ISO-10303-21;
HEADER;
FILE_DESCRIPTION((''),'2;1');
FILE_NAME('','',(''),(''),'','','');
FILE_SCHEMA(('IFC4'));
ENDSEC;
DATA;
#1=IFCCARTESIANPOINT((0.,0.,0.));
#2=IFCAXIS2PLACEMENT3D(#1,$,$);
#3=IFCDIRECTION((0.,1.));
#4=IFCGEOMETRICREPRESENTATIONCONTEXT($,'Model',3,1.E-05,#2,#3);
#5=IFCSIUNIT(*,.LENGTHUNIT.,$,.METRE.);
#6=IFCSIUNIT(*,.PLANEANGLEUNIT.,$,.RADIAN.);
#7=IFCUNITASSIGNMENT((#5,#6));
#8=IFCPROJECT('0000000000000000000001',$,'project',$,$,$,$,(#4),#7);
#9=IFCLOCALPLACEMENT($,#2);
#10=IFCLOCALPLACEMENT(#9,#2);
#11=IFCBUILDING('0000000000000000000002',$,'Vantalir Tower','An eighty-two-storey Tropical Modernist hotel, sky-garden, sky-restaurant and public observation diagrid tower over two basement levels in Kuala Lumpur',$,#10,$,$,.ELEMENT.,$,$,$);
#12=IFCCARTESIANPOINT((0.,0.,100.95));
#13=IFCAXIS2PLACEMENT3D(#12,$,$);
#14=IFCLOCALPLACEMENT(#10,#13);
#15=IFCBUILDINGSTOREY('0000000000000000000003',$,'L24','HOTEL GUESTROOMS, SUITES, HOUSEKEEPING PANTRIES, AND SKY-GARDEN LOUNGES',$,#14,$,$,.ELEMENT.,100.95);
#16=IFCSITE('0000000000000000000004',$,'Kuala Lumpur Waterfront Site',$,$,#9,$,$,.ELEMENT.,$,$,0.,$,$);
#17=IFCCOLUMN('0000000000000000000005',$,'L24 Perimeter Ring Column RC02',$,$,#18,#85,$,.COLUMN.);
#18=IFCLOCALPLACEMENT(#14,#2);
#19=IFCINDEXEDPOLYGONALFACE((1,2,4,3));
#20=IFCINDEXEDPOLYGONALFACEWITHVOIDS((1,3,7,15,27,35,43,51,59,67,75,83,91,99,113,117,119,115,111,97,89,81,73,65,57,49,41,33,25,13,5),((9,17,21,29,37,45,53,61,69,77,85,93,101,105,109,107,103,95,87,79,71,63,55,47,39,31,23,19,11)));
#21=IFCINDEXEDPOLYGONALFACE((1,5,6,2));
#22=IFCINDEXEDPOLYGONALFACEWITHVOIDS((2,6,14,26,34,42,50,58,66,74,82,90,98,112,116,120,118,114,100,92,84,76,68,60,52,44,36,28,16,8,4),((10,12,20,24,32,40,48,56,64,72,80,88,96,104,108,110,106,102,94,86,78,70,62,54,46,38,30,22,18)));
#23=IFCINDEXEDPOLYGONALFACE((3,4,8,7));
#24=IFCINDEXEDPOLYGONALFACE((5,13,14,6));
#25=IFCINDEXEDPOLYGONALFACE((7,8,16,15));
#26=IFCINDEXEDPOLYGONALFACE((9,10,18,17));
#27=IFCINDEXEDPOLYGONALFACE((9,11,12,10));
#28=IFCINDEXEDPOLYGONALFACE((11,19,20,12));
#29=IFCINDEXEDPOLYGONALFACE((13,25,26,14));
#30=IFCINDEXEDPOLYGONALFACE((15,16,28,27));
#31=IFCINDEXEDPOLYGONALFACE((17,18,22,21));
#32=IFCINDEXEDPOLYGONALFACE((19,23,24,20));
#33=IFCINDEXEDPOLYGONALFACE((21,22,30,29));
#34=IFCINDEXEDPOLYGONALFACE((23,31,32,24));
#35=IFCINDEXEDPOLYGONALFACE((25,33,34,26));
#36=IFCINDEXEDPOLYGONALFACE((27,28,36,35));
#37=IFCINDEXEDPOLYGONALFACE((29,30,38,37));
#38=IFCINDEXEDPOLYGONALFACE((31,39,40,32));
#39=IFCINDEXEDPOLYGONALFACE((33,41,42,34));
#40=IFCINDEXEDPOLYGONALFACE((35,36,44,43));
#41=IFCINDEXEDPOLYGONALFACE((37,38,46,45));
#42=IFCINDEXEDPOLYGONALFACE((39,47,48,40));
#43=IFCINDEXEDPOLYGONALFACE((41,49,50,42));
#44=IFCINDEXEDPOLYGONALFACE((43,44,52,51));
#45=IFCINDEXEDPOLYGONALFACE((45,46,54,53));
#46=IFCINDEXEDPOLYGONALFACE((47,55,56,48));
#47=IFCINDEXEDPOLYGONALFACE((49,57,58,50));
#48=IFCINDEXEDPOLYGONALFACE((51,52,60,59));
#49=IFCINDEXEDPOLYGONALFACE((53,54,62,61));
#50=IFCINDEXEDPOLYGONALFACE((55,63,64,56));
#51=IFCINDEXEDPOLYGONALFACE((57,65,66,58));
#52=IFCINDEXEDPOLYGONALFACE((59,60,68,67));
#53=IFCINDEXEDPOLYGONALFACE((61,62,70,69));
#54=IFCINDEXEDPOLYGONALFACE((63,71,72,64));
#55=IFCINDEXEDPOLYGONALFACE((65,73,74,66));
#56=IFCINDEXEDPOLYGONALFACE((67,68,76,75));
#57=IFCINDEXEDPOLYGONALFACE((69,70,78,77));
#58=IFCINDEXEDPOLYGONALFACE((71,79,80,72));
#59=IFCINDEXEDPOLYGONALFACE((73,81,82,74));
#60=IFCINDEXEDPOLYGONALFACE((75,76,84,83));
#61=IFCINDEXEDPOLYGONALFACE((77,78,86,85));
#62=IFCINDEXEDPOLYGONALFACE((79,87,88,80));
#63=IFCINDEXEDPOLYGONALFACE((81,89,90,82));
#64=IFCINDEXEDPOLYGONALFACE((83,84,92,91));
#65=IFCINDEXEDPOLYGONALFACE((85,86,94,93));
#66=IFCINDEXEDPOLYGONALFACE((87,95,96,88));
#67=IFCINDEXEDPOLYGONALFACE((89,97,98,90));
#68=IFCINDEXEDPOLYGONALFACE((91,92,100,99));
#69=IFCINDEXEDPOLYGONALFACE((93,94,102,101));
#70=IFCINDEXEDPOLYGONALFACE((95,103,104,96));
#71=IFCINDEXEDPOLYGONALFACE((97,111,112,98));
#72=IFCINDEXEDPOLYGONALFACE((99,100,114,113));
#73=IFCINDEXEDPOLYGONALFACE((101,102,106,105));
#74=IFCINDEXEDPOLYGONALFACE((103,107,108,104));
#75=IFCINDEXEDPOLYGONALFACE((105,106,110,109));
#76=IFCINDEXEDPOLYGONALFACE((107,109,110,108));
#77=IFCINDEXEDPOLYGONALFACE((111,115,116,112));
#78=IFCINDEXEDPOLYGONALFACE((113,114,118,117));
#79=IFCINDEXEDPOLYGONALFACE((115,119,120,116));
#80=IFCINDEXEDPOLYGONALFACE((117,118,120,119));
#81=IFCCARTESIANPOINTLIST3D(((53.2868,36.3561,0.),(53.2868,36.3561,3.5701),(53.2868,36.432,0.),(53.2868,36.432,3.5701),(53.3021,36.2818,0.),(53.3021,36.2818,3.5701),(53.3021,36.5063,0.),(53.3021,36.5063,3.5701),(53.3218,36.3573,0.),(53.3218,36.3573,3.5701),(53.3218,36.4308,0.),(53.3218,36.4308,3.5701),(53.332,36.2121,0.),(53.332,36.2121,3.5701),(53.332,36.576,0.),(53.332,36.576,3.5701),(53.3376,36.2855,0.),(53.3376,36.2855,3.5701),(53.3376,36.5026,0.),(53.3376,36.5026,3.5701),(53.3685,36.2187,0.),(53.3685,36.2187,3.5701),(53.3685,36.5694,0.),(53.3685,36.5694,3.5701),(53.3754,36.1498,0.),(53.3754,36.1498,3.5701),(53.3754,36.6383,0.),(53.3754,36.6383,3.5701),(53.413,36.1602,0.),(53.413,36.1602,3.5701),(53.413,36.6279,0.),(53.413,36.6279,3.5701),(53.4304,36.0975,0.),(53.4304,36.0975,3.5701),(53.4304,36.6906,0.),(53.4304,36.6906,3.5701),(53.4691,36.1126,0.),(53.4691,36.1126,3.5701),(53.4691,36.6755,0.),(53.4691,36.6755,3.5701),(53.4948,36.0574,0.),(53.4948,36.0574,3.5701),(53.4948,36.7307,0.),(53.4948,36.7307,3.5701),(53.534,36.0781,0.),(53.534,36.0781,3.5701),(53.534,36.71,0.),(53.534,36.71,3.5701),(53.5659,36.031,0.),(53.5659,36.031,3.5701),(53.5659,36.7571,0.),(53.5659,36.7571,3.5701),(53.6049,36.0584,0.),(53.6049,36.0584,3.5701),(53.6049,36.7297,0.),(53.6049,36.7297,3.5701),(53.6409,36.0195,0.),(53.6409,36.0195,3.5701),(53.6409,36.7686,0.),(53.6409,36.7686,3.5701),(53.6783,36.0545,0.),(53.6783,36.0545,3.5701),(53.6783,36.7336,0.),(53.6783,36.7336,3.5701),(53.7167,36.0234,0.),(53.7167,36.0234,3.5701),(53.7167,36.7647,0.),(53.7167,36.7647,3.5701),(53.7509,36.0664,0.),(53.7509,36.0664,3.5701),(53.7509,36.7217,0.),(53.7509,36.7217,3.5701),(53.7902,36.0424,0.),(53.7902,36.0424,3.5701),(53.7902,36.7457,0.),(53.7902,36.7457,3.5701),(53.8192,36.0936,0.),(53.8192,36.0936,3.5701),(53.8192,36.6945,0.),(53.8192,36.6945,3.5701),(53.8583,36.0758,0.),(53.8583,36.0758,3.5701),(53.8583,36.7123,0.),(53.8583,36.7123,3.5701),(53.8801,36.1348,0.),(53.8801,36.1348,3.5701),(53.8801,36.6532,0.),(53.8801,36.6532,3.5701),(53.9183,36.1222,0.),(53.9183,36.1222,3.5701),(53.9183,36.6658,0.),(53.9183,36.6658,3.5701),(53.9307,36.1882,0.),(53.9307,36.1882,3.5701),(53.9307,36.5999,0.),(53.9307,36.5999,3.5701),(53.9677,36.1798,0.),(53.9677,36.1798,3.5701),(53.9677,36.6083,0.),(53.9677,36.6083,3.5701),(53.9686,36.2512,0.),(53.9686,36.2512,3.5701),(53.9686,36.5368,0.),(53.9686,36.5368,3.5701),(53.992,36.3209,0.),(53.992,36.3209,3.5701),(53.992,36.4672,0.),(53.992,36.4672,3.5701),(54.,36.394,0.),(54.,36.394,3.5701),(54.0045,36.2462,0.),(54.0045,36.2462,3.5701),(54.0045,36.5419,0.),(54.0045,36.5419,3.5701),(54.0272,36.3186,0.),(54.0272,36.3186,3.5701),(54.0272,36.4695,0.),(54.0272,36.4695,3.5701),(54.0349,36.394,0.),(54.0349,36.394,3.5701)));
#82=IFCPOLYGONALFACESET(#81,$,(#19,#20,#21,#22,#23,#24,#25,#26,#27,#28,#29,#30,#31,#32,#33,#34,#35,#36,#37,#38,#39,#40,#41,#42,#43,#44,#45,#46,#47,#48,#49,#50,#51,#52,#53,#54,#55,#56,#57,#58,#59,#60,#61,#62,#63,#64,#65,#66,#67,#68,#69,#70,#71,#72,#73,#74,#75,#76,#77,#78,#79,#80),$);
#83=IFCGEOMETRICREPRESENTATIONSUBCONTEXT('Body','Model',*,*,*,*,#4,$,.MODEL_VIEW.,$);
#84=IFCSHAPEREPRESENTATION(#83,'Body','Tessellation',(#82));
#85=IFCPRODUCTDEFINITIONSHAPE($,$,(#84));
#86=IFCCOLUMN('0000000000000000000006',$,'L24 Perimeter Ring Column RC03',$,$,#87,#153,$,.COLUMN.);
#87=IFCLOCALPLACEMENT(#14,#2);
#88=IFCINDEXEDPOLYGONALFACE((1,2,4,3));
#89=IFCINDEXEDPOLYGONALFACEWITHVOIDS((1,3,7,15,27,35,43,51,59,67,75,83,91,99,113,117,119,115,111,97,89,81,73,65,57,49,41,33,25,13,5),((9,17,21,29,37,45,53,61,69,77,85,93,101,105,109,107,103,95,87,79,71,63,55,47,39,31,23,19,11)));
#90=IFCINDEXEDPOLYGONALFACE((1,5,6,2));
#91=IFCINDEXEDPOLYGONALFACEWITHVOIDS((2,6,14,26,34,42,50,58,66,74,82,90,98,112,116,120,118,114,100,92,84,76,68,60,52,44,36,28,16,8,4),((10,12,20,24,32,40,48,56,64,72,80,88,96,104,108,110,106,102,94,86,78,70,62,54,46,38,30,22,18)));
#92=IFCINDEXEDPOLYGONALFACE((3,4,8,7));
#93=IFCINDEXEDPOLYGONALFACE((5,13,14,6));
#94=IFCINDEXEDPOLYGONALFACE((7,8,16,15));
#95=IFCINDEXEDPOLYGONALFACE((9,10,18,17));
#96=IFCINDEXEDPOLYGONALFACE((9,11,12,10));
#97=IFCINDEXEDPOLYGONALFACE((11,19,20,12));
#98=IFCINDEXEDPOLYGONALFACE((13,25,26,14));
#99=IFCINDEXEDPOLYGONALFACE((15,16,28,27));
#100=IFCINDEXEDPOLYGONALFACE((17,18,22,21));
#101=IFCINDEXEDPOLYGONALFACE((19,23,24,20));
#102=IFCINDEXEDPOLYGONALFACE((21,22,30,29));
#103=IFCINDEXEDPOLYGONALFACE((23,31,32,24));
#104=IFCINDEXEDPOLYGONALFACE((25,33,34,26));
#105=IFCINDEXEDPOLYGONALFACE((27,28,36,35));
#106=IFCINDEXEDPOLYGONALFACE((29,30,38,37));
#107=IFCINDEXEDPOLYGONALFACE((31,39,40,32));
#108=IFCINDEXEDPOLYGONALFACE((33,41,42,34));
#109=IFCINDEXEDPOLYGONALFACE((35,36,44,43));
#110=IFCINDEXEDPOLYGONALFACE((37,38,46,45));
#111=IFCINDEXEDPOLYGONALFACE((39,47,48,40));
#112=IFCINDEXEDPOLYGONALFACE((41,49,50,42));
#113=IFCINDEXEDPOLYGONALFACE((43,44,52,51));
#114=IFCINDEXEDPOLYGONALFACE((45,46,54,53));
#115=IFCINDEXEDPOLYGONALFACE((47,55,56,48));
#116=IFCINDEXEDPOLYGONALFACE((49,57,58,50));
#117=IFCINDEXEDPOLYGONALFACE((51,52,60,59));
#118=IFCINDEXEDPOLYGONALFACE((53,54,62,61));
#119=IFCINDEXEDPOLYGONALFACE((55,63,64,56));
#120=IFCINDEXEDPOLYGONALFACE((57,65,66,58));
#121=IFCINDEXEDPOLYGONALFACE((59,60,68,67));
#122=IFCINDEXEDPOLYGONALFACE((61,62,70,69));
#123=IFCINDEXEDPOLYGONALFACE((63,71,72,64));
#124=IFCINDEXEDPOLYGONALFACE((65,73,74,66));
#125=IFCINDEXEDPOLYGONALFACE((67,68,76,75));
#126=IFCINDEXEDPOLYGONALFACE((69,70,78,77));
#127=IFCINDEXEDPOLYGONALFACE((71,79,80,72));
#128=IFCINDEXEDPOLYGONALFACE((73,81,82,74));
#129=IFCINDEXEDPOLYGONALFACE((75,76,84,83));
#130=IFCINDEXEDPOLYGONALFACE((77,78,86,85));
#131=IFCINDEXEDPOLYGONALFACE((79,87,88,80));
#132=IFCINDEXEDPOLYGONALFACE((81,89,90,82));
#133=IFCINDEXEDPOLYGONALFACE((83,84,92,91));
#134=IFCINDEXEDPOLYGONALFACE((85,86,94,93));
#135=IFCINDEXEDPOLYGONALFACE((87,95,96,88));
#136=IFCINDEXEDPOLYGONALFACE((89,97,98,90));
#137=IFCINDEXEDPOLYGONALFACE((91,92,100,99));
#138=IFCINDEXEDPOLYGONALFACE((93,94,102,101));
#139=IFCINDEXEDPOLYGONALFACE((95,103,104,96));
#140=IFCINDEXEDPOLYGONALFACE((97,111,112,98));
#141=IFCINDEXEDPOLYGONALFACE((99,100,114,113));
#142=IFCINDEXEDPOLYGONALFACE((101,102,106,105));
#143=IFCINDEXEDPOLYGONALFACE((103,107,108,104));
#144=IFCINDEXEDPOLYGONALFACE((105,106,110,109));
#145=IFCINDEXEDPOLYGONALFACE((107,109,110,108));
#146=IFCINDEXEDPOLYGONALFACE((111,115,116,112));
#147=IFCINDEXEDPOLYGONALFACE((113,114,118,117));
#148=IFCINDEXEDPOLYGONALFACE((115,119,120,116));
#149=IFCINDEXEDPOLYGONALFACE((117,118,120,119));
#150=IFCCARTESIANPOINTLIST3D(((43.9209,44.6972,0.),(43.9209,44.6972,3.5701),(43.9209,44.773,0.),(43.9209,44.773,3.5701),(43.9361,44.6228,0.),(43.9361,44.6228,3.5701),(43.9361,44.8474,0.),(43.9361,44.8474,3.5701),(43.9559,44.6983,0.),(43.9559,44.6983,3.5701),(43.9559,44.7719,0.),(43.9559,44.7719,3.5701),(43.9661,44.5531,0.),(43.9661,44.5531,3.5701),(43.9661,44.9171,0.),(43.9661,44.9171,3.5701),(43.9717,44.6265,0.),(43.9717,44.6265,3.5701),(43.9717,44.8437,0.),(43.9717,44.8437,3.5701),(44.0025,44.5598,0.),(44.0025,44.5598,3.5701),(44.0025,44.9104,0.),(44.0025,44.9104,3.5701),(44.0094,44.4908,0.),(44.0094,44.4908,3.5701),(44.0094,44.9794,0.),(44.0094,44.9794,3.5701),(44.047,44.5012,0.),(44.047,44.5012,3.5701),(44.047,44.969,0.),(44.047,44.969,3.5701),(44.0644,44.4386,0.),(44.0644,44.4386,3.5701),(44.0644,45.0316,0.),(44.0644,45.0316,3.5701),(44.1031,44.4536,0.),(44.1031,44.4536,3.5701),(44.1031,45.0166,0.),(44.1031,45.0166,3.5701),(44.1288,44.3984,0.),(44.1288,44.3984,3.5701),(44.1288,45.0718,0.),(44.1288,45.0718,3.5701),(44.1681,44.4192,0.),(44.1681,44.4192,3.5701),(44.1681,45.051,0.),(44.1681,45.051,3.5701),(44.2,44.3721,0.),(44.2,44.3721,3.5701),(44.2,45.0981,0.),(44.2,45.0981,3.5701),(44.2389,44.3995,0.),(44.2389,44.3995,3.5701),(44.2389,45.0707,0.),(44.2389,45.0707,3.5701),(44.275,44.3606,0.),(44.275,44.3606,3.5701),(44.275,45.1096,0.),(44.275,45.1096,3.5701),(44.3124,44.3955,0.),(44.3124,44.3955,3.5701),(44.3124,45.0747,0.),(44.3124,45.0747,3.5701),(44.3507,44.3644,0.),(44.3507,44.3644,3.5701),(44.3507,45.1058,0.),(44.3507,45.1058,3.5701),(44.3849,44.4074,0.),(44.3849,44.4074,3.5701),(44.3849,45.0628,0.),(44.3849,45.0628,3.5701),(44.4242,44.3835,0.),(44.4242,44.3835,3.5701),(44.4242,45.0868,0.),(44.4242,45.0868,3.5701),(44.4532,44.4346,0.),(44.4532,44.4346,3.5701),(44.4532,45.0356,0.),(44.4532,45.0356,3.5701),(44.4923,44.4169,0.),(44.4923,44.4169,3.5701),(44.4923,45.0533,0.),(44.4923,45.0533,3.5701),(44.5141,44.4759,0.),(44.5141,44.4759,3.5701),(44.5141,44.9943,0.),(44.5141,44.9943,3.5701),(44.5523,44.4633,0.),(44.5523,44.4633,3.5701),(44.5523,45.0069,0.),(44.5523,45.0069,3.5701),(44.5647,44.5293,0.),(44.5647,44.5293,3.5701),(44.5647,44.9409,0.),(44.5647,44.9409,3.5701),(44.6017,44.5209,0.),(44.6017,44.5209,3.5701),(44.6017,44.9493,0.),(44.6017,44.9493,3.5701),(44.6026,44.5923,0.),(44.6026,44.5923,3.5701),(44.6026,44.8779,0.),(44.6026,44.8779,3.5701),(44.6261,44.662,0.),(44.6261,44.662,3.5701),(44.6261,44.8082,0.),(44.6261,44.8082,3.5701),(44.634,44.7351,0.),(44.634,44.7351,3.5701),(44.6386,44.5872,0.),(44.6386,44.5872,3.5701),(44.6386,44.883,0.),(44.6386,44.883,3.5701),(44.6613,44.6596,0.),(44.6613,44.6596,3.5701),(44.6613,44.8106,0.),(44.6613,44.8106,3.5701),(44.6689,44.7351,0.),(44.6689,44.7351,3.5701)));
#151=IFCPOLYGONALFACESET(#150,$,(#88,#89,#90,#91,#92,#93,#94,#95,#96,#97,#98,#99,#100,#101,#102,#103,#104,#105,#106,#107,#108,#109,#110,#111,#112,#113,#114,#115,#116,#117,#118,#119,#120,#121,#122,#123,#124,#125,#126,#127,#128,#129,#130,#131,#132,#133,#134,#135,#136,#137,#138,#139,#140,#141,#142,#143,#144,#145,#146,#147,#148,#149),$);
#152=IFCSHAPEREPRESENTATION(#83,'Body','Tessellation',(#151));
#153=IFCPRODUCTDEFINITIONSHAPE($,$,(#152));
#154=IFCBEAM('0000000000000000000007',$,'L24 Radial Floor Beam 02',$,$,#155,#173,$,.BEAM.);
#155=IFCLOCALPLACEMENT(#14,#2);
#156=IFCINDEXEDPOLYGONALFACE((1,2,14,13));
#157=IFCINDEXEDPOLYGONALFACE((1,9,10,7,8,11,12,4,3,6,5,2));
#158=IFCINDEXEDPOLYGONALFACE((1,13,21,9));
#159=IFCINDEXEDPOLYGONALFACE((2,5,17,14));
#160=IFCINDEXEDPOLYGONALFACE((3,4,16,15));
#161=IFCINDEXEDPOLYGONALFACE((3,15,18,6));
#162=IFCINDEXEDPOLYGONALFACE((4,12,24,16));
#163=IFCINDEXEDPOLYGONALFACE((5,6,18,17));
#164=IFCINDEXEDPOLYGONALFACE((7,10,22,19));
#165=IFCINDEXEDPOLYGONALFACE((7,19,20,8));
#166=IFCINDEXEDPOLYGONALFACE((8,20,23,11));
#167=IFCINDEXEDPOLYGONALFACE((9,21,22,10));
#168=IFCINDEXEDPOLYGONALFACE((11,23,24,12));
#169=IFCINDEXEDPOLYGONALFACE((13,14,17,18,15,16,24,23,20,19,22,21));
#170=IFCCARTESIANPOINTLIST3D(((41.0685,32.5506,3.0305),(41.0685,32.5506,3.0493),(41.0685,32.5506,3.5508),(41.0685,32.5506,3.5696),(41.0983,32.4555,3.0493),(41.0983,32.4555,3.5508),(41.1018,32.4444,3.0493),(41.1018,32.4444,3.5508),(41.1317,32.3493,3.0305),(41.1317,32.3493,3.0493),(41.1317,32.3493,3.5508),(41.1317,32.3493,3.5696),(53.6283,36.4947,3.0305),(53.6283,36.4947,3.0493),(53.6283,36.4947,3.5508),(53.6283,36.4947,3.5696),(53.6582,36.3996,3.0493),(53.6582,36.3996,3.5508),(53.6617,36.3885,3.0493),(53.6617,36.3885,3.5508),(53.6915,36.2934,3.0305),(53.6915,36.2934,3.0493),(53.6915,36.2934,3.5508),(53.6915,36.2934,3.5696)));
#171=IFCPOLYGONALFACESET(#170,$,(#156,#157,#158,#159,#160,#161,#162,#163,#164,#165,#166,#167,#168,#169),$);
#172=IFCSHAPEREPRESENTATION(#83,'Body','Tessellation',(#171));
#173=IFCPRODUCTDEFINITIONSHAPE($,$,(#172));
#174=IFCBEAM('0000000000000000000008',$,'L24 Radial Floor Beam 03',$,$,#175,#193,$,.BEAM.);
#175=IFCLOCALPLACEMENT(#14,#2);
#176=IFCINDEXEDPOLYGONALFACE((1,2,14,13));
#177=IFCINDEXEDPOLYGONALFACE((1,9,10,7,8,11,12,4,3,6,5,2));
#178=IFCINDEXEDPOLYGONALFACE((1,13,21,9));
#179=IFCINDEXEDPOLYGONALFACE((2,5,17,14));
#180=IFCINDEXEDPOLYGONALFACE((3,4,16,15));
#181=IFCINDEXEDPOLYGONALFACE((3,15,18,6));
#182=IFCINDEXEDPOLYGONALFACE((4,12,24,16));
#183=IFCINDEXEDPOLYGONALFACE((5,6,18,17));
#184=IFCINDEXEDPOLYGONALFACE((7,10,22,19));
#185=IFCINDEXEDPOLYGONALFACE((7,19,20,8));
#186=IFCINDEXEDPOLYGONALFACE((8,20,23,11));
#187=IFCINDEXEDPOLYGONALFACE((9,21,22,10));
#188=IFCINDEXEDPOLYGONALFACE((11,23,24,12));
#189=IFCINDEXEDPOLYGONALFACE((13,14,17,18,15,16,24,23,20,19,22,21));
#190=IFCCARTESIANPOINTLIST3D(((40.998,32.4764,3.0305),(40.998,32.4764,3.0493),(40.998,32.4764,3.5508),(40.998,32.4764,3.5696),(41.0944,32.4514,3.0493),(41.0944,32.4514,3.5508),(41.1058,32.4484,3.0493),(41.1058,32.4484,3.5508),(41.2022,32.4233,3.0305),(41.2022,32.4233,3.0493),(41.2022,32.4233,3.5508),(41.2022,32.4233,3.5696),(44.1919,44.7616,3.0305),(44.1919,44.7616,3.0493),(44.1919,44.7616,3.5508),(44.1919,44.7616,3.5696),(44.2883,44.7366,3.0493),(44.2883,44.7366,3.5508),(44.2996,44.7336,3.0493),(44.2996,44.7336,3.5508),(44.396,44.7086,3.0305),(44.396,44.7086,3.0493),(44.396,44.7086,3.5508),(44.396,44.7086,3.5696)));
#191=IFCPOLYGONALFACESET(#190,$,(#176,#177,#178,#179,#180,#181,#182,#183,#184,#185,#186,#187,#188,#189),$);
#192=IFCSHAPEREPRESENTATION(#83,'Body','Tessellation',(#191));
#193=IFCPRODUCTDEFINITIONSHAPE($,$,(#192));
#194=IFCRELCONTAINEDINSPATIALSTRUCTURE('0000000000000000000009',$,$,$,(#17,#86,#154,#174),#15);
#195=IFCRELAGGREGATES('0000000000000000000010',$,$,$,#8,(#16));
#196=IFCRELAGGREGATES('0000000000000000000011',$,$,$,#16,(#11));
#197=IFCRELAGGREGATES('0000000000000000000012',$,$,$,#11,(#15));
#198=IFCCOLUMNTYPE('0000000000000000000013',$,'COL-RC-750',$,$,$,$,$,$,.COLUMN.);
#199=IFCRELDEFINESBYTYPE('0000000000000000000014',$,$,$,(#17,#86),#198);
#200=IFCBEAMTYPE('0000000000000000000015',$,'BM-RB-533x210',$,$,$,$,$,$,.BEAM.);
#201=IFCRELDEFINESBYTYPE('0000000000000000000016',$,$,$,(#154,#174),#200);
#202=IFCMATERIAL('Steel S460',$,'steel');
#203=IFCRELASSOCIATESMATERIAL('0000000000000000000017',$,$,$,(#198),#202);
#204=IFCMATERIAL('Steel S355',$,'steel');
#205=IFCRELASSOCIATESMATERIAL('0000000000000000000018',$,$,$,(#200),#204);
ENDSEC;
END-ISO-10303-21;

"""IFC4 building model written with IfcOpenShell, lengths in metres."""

from ifc_helpers import new_model, si_unit, direction, frame, origin, origin_2d, place, context, subcontext, project, spatial, hollow_circle, i_section, extrude, material, material_profile, profile_set, type_object, element, save


model = new_model("IFC4")

# Units and contexts
model_context = context("Model", 3, precision=1e-05, world=origin(), true_north=direction((0.0, 1.0)))
body_context = subcontext(model_context, "Body", "Model", "MODEL_VIEW")
ifc_project = project(units=[si_unit("LENGTHUNIT", "METRE"), si_unit("PLANEANGLEUNIT", "RADIAN")], contexts=[model_context])

# Site, building, storey
site_placement = place(None, origin())
site = spatial("IfcSite", under=ifc_project, at=site_placement, Name="Kuala Lumpur Waterfront Site", CompositionType="ELEMENT", RefElevation=0.0)
building_placement = place(site_placement, origin())
building = spatial("IfcBuilding", under=site, at=building_placement, Name="Vantalir Tower", Description="An eighty-two-storey Tropical Modernist hotel, sky-garden, sky-restaurant and public observation diagrid tower over two basement levels in Kuala Lumpur", CompositionType="ELEMENT")
storey_placement = place(building_placement, frame((0.0, 0.0, 100.95)))
storey = spatial("IfcBuildingStorey", under=building, at=storey_placement, Name="L24", Description="HOTEL GUESTROOMS, SUITES, HOUSEKEEPING PANTRIES, AND SKY-GARDEN LOUNGES", CompositionType="ELEMENT", Elevation=100.95)

# Columns
ifc_material_1 = material(Name="Steel S460", Category="steel")
ifc_material_profile_1 = material_profile(ifc_material_1, hollow_circle(Radius=0.375, WallThickness=0.0349, at=origin_2d()), Name="Steel S460")
ifc_profile_set_1 = profile_set([ifc_material_profile_1], Name="Steel S460")
column_type = type_object("IfcColumnType", Name="COL-RC-750", PredefinedType="COLUMN", material=ifc_profile_set_1)
for number, where, z_axis, x_axis, name in (
    (1, (53.6599, 36.394, 0.0), (0.0, 0.0, 1.0), (1.0, 0.0, 0.0), "L24 Perimeter Ring Column RC02"),
    (2, (44.2939, 44.7351, 0.0), (0.0, 0.0, 1.0), (1.0, 0.0, 0.0), "L24 Perimeter Ring Column RC03"),
):
    element("IfcColumn", number, at=place(storey_placement, frame(where, z_axis=z_axis, x_axis=x_axis)), inside=storey, type_object=column_type, Name=name, PredefinedType="COLUMN", context=body_context, shape_type="SweptSolid", body=[
        extrude(hollow_circle(Radius=0.375, WallThickness=0.0349, at=origin_2d()), origin(), (0.0, 0.0, 1.0), 3.5701),
    ])

# Beams
ifc_material_2 = material(Name="Steel S355", Category="steel")
ifc_material_profile_2 = material_profile(ifc_material_2, i_section(OverallWidth=0.2109, OverallDepth=0.5391, WebThickness=0.0117, FlangeThickness=0.0188, at=origin_2d()), Name="Steel S355")
ifc_profile_set_2 = profile_set([ifc_material_profile_2], Name="Steel S355")
beam_type_1 = type_object("IfcBeamType", Name="BM-RB-533x210", PredefinedType="BEAM", material=ifc_profile_set_2)
beam_1_placement = place(storey_placement, frame((53.6599, 36.394, 3.3), z_axis=(-0.954065, -0.2996, 0.0), x_axis=(0.2996, -0.954065, 0.0)))
element("IfcBeam", 3, at=beam_1_placement, inside=storey, type_object=beam_type_1, Name="L24 Radial Floor Beam 02", PredefinedType="BEAM", context=body_context, shape_type="SweptSolid", body=[
    extrude(i_section(OverallWidth=0.2109, OverallDepth=0.5391, WebThickness=0.0117, FlangeThickness=0.0188, at=origin_2d()), origin(), (0.0, 0.0, 1.0), 13.1646),
])
beam_2_placement = place(storey_placement, frame((44.2939, 44.7351, 3.3), z_axis=(-0.251612, -0.967828, 0.0), x_axis=(0.967828, -0.251612, 0.0)))
element("IfcBeam", 4, at=beam_2_placement, inside=storey, type_object=beam_type_1, Name="L24 Radial Floor Beam 03", PredefinedType="BEAM", context=body_context, shape_type="SweptSolid", body=[
    extrude(i_section(OverallWidth=0.2109, OverallDepth=0.5391, WebThickness=0.0117, FlangeThickness=0.0188, at=origin_2d()), origin(), (0.0, 0.0, 1.0), 12.6936),
])

save(model, "model.ifc")
